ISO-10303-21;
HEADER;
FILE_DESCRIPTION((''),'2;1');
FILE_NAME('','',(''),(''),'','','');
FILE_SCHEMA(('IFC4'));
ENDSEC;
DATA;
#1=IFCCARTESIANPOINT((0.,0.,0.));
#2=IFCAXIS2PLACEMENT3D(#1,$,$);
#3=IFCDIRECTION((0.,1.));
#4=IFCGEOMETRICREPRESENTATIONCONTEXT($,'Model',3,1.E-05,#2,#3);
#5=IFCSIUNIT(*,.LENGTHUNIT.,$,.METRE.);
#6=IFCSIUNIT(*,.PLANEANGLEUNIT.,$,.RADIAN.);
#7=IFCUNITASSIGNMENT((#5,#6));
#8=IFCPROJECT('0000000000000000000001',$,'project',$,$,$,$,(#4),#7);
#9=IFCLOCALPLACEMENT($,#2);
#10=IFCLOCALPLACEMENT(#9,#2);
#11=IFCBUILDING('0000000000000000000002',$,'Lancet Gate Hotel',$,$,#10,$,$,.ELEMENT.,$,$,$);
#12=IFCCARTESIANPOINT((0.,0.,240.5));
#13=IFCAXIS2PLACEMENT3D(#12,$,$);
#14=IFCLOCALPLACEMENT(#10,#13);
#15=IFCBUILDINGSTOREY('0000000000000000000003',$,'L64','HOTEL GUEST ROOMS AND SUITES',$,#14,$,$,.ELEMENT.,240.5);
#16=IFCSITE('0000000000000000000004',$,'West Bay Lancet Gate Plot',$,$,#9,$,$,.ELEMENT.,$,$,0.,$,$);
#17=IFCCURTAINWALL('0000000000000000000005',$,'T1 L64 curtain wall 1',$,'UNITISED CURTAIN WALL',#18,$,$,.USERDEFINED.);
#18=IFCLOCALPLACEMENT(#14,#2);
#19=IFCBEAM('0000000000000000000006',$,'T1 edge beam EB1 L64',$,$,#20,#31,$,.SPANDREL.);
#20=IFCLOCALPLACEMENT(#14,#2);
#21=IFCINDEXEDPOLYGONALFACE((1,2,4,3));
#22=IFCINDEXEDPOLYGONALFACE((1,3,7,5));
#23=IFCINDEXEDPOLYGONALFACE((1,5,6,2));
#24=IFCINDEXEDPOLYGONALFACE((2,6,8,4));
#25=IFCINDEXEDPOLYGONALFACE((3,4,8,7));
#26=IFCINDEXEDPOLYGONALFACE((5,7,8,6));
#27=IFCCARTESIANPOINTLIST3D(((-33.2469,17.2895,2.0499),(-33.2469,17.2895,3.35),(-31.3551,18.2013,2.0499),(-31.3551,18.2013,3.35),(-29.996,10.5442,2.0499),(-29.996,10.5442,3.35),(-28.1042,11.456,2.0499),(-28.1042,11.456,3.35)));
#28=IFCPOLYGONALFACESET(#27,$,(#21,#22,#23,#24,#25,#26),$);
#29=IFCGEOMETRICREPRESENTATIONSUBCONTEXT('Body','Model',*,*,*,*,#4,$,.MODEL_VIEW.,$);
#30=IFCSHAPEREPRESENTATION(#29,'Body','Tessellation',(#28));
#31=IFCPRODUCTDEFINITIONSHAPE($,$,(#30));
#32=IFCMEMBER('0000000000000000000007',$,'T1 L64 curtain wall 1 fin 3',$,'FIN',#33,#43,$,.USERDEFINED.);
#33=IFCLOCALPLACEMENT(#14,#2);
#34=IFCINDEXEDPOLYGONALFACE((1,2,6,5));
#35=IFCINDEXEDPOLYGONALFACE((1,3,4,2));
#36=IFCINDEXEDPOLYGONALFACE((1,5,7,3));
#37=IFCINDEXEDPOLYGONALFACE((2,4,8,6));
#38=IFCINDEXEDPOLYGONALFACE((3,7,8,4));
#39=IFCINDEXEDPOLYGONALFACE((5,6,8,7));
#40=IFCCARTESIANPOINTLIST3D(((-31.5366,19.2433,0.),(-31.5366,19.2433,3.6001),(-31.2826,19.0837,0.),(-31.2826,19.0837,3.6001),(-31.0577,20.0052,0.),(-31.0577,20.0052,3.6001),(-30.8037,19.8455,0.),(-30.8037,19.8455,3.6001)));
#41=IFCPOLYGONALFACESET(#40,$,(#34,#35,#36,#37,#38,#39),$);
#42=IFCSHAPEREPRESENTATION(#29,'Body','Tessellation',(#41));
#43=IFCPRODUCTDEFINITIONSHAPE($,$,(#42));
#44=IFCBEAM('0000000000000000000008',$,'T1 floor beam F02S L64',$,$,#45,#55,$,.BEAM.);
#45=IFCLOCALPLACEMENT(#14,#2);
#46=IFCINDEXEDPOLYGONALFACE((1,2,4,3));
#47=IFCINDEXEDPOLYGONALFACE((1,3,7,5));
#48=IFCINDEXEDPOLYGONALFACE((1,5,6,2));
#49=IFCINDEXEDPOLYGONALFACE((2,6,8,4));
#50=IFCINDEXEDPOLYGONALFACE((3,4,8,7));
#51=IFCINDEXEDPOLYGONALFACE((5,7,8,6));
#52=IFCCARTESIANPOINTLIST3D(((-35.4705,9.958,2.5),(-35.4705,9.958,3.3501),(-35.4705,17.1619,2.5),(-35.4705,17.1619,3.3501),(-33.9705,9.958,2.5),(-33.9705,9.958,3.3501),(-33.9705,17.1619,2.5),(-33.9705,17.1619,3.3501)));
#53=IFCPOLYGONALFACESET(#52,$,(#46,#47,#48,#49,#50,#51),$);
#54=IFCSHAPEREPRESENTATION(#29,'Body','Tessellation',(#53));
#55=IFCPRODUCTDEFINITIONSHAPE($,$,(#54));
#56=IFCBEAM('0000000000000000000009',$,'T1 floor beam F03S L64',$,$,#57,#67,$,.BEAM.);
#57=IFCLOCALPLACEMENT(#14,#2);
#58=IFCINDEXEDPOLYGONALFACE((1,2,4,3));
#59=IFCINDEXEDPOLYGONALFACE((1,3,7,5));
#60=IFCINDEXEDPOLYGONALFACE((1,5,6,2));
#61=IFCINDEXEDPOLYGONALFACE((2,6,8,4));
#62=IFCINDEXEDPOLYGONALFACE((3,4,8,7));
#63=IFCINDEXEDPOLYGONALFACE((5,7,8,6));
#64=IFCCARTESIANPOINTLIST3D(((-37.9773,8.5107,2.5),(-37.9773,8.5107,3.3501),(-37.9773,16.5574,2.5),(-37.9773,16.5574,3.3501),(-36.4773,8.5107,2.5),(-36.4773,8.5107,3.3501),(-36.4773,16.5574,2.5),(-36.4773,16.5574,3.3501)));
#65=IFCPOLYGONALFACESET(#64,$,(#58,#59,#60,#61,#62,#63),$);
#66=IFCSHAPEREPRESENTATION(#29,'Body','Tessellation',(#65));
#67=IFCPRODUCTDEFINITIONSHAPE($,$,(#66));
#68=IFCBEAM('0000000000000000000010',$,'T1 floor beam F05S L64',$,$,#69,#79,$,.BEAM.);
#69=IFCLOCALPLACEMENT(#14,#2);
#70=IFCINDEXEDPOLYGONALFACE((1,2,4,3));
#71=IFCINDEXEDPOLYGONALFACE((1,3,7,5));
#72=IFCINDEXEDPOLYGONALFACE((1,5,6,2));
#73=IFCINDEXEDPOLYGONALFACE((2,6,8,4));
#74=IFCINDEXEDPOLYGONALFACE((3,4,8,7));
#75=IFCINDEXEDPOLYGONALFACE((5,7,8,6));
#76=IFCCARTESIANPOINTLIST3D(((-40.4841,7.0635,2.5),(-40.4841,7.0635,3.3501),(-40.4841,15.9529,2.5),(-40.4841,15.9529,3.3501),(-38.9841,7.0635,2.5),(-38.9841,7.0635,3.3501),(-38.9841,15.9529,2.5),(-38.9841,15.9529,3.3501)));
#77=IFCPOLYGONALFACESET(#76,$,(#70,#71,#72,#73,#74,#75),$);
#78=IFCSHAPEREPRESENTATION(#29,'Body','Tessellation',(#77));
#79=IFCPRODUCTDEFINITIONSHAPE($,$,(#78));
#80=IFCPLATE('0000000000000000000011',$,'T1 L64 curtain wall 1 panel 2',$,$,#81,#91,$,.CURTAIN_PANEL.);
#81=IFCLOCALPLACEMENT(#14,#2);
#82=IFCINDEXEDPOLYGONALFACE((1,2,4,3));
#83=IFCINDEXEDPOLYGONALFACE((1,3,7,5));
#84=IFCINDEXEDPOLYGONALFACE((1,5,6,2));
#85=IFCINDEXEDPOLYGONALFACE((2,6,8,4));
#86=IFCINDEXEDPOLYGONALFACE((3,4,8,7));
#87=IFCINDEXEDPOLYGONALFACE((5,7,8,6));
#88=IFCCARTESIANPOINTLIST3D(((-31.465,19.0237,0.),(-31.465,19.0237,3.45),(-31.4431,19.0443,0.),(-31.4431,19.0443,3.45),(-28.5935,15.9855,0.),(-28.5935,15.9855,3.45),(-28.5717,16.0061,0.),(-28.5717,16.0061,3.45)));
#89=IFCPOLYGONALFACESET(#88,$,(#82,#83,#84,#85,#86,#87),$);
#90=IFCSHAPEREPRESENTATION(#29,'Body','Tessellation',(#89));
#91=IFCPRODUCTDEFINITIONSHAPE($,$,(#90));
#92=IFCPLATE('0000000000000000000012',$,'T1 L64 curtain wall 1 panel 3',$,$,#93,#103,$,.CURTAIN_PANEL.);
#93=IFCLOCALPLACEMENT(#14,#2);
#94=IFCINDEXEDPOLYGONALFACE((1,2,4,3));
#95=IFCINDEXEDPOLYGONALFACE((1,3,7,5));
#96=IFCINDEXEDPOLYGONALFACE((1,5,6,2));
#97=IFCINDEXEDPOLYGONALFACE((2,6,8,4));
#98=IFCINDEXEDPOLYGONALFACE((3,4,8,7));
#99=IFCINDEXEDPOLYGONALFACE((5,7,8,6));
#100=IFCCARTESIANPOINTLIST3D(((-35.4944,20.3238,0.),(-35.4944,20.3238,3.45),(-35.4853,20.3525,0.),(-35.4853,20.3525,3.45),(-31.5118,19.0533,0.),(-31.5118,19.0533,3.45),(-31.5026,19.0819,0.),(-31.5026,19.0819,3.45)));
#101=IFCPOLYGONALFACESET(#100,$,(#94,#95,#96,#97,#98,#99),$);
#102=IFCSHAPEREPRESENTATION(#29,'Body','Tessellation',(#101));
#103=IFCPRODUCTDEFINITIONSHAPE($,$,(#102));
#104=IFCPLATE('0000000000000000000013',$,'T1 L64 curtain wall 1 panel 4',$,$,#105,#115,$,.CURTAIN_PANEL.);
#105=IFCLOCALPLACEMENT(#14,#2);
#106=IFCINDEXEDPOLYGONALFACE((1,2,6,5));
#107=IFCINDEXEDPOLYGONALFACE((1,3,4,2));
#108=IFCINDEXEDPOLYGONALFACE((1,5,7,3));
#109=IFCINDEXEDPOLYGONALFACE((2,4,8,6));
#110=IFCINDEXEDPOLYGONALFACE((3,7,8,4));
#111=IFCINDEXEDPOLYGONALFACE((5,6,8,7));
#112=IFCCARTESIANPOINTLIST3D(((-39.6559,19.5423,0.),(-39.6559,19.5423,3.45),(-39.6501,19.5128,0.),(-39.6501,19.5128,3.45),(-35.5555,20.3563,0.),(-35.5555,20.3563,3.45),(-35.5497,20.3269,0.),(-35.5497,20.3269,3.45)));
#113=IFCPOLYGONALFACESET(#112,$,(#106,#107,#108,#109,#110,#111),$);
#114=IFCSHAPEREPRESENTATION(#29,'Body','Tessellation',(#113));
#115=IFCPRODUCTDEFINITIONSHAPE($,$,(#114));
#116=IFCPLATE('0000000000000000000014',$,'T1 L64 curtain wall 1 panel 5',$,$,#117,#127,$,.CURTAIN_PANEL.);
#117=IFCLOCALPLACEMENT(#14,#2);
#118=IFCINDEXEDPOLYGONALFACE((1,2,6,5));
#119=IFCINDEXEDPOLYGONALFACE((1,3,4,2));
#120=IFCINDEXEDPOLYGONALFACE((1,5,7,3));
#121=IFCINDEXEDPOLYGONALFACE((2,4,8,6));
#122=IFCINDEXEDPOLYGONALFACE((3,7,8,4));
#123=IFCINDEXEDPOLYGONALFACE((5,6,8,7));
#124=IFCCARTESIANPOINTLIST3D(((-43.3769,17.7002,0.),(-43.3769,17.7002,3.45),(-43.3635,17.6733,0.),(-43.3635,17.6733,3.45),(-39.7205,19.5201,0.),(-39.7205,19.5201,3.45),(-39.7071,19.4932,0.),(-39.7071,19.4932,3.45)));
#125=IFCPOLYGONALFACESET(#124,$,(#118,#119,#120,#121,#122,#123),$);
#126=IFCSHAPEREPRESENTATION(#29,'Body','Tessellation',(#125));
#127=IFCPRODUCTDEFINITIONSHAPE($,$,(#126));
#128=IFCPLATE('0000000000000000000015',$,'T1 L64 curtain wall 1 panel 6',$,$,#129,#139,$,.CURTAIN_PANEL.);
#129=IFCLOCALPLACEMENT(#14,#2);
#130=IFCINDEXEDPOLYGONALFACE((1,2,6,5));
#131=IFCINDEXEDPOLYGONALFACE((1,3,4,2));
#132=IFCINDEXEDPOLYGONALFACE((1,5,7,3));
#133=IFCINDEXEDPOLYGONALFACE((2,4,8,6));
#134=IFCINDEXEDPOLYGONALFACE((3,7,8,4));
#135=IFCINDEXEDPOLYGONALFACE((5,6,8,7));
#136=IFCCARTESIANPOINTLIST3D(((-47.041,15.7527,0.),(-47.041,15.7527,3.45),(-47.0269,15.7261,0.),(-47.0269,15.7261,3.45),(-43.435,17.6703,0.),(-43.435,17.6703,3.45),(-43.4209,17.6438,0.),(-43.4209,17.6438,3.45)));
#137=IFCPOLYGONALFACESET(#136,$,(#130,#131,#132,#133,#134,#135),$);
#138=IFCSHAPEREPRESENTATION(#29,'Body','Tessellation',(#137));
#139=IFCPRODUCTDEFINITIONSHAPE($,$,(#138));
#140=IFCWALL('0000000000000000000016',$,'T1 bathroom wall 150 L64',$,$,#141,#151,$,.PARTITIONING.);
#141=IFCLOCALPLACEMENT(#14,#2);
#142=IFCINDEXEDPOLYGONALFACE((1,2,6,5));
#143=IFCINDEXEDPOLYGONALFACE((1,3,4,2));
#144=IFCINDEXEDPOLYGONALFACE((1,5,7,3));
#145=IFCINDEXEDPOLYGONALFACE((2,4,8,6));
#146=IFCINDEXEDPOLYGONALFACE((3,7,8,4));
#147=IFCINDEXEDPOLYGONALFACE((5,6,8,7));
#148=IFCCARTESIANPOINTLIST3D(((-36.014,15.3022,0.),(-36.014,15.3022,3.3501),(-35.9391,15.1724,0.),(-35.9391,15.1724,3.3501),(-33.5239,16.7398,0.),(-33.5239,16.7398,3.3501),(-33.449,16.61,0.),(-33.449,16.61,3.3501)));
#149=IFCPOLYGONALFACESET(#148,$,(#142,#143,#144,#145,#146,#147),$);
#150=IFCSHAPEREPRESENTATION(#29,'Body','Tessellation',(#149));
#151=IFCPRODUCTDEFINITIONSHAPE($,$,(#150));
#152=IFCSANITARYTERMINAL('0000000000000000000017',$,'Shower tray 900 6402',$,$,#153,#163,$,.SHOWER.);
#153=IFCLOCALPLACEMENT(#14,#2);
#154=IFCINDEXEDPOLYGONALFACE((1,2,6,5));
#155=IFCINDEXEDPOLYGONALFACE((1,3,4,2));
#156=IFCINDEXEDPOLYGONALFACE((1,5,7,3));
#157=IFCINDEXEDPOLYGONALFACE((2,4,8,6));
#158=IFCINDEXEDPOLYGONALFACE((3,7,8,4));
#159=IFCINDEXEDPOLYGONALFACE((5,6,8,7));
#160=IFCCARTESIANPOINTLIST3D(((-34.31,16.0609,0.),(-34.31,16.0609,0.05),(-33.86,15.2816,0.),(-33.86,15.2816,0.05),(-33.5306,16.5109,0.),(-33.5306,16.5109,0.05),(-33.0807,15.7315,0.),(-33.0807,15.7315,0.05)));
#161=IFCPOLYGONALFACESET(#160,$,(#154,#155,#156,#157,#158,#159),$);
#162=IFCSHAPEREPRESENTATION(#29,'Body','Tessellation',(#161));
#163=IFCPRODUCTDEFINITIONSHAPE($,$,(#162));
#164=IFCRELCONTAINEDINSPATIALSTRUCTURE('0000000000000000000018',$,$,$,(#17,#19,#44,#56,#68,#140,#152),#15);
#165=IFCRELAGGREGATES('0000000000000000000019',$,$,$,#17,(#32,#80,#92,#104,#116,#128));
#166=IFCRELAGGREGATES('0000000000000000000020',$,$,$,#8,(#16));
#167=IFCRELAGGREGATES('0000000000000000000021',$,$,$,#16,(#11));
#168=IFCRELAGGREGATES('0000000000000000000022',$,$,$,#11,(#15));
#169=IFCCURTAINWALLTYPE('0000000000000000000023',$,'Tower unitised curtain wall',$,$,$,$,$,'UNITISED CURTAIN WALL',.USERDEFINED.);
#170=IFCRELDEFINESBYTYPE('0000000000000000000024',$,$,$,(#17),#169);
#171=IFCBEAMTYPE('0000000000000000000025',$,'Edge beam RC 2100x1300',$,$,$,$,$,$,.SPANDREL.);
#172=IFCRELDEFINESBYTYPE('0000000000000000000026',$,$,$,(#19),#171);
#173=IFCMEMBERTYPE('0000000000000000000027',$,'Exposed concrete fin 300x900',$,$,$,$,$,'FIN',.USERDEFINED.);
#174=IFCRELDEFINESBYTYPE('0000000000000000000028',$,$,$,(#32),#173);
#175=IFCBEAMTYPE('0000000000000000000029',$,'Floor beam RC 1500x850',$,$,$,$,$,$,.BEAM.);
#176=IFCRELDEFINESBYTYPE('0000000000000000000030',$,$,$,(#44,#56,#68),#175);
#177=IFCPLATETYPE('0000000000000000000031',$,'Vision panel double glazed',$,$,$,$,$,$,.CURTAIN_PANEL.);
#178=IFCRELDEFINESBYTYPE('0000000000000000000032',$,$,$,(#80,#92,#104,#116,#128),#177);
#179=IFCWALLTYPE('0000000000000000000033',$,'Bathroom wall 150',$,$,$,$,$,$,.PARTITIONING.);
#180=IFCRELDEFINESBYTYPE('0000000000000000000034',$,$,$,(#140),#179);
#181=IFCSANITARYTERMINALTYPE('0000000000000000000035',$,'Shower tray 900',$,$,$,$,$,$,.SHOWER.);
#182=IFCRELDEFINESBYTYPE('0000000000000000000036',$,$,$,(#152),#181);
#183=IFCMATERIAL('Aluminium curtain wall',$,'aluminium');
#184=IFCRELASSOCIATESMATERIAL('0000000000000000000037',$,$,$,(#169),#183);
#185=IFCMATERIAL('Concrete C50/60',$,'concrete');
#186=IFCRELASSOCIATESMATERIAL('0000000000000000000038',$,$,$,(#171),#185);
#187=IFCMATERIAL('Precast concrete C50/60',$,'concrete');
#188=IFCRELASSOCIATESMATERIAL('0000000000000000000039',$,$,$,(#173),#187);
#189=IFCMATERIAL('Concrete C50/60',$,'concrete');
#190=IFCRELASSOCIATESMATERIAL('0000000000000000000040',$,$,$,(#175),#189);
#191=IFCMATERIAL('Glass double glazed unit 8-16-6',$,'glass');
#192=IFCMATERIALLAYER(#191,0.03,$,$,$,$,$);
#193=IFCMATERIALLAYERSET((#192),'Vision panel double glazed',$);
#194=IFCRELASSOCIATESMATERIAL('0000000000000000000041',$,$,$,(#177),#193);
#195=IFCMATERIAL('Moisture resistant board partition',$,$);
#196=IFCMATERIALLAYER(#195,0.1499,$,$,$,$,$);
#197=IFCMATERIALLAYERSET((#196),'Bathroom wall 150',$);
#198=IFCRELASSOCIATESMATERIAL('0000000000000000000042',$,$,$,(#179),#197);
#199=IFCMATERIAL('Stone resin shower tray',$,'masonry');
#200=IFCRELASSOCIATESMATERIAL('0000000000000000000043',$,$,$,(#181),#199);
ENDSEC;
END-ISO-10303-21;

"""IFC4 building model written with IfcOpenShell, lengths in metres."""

from ifc_helpers import new_model, si_unit, direction, frame, frame_2d, origin, origin_2d, place, context, subcontext, project, spatial, rectangle, extrude, material, layer, layer_set, material_profile, profile_set, type_object, element, aggregate, save


model = new_model("IFC4")

# Units and contexts
model_context = context("Model", 3, precision=1e-05, world=origin(), true_north=direction((0.0, 1.0)))
body_context = subcontext(model_context, "Body", "Model", "MODEL_VIEW")
ifc_project = project(units=[si_unit("LENGTHUNIT", "METRE"), si_unit("PLANEANGLEUNIT", "RADIAN")], contexts=[model_context])

# Site, building, storey
site_placement = place(None, origin())
site = spatial("IfcSite", under=ifc_project, at=site_placement, Name="West Bay Lancet Gate Plot", CompositionType="ELEMENT", RefElevation=0.0)
building_placement = place(site_placement, origin())
building = spatial("IfcBuilding", under=site, at=building_placement, Name="Lancet Gate Hotel", CompositionType="ELEMENT")
storey_placement = place(building_placement, frame((0.0, 0.0, 240.5)))
storey = spatial("IfcBuildingStorey", under=building, at=storey_placement, Name="L64", Description="HOTEL GUEST ROOMS AND SUITES", CompositionType="ELEMENT", Elevation=240.5)

# Curtain wall
ifc_material_1 = material(Name="Aluminium curtain wall", Category="aluminium")
curtain_wall_type = type_object("IfcCurtainWallType", Name="Tower unitised curtain wall", ElementType="UNITISED CURTAIN WALL", PredefinedType="USERDEFINED", material=ifc_material_1)
curtain_wall_placement = place(storey_placement, origin())
curtain_wall = element("IfcCurtainWall", 1, at=curtain_wall_placement, inside=storey, type_object=curtain_wall_type, Name="T1 L64 curtain wall 1", ObjectType="UNITISED CURTAIN WALL", PredefinedType="USERDEFINED")

# Beam
ifc_material_2 = material(Name="Concrete C50/60", Category="concrete")
ifc_material_profile_1 = material_profile(ifc_material_2, rectangle(XDim=2.1001, YDim=1.3, at=origin_2d()), Name="RC 2100x1300")
ifc_profile_set_1 = profile_set([ifc_material_profile_1], Name="Concrete C50/60")
beam_type_1 = type_object("IfcBeamType", Name="Edge beam RC 2100x1300", PredefinedType="SPANDREL", material=ifc_profile_set_1)
beam_1_placement = place(storey_placement, frame((-32.301, 17.7454, 2.7), z_axis=(0.434164, -0.900834, 0.0), x_axis=(0.900834, 0.434164, 0.0)))
element("IfcBeam", 2, at=beam_1_placement, inside=storey, type_object=beam_type_1, Name="T1 edge beam EB1 L64", PredefinedType="SPANDREL", context=body_context, shape_type="SweptSolid", body=[
    extrude(rectangle(XDim=2.1001, YDim=1.3, at=origin_2d()), origin(), (0.0, 0.0, 1.0), 7.4878),
])

# Member
ifc_material_3 = material(Name="Precast concrete C50/60", Category="concrete")
ifc_material_profile_2 = material_profile(ifc_material_3, rectangle(XDim=0.3, YDim=0.8999, at=origin_2d()), Name="FIN 300x900")
ifc_profile_set_2 = profile_set([ifc_material_profile_2], Name="Precast concrete C50/60")
member_type_1 = type_object("IfcMemberType", Name="Exposed concrete fin 300x900", ElementType="FIN", PredefinedType="USERDEFINED", material=ifc_profile_set_2)
member_1_placement = place(storey_placement, frame((-31.1702, 19.5444, 0.0), z_axis=(0.0, 0.0, 1.0), x_axis=(-0.846613, 0.532209, 0.0)))
member_1 = element("IfcMember", 3, at=member_1_placement, type_object=member_type_1, Name="T1 L64 curtain wall 1 fin 3", ObjectType="FIN", PredefinedType="USERDEFINED", context=body_context, shape_type="SweptSolid", body=[
    extrude(rectangle(XDim=0.3, YDim=0.8999, at=origin_2d()), origin(), (0.0, 0.0, 1.0), 3.6001),
])

# Beams
ifc_material_4 = material(Name="Concrete C50/60", Category="concrete")
ifc_material_profile_3 = material_profile(ifc_material_4, rectangle(XDim=1.5, YDim=0.8501, at=origin_2d()), Name="RC 1500x850")
ifc_profile_set_3 = profile_set([ifc_material_profile_3], Name="Concrete C50/60")
beam_type_2 = type_object("IfcBeamType", Name="Floor beam RC 1500x850", PredefinedType="BEAM", material=ifc_profile_set_3)
beam_2_placement = place(storey_placement, frame((-34.7205, 17.1619, 2.925), z_axis=(0.0, -1.0, 0.0), x_axis=(1.0, 0.0, 0.0)))
element("IfcBeam", 4, at=beam_2_placement, inside=storey, type_object=beam_type_2, Name="T1 floor beam F02S L64", PredefinedType="BEAM", context=body_context, shape_type="SweptSolid", body=[
    extrude(rectangle(XDim=1.5, YDim=0.8501, at=origin_2d()), origin(), (0.0, 0.0, 1.0), 7.2039),
])
beam_3_placement = place(storey_placement, frame((-37.2273, 16.5574, 2.925), z_axis=(0.0, -1.0, 0.0), x_axis=(1.0, 0.0, 0.0)))
element("IfcBeam", 5, at=beam_3_placement, inside=storey, type_object=beam_type_2, Name="T1 floor beam F03S L64", PredefinedType="BEAM", context=body_context, shape_type="SweptSolid", body=[
    extrude(rectangle(XDim=1.5, YDim=0.8501, at=origin_2d()), origin(), (0.0, 0.0, 1.0), 8.0466),
])
beam_4_placement = place(storey_placement, frame((-39.7341, 15.9529, 2.925), z_axis=(0.0, -1.0, 0.0), x_axis=(1.0, 0.0, 0.0)))
element("IfcBeam", 6, at=beam_4_placement, inside=storey, type_object=beam_type_2, Name="T1 floor beam F05S L64", PredefinedType="BEAM", context=body_context, shape_type="SweptSolid", body=[
    extrude(rectangle(XDim=1.5, YDim=0.8501, at=origin_2d()), origin(), (0.0, 0.0, 1.0), 8.8894),
])

# Plates
ifc_material_5 = material(Name="Glass double glazed unit 8-16-6", Category="glass")
ifc_layer_1 = layer(ifc_material_5, 0.03)
ifc_layer_set_1 = layer_set([ifc_layer_1], Name="Vision panel double glazed")
plate_type = type_object("IfcPlateType", Name="Vision panel double glazed", PredefinedType="CURTAIN_PANEL", material=ifc_layer_set_1)
plate_1_placement = place(storey_placement, frame((-30.0183, 17.5149, 0.0), z_axis=(0.0, 0.0, 1.0), x_axis=(-0.686883, 0.726768, 0.0)))
plate_1 = element("IfcPlate", 7, at=plate_1_placement, type_object=plate_type, Name="T1 L64 curtain wall 1 panel 2", PredefinedType="CURTAIN_PANEL", context=body_context, shape_type="SweptSolid", body=[
    extrude(rectangle(XDim=4.1804, YDim=0.03, at=origin_2d()), origin(), (0.0, 0.0, 1.0), 3.45),
])
plate_2_placement = place(storey_placement, frame((-33.4985, 19.7029, 0.0), z_axis=(0.0, 0.0, 1.0), x_axis=(-0.952696, 0.303926, 0.0)))
plate_2 = element("IfcPlate", 8, at=plate_2_placement, type_object=plate_type, Name="T1 L64 curtain wall 1 panel 3", PredefinedType="CURTAIN_PANEL", context=body_context, shape_type="SweptSolid", body=[
    extrude(rectangle(XDim=4.1804, YDim=0.03, at=origin_2d()), origin(), (0.0, 0.0, 1.0), 3.45),
])
plate_3_placement = place(storey_placement, frame((-37.6028, 19.9346, 0.0), z_axis=(0.0, 0.0, 1.0), x_axis=(-0.980857, -0.194731, 0.0)))
plate_3 = element("IfcPlate", 9, at=plate_3_placement, type_object=plate_type, Name="T1 L64 curtain wall 1 panel 4", PredefinedType="CURTAIN_PANEL", context=body_context, shape_type="SweptSolid", body=[
    extrude(rectangle(XDim=4.1804, YDim=0.03, at=origin_2d()), origin(), (0.0, 0.0, 1.0), 3.45),
])
plate_4_placement = place(storey_placement, frame((-41.542, 18.5967, 0.0), z_axis=(0.0, 0.0, 1.0), x_axis=(-0.895234, -0.445596, 0.0)))
plate_4 = element("IfcPlate", 10, at=plate_4_placement, type_object=plate_type, Name="T1 L64 curtain wall 1 panel 5", PredefinedType="CURTAIN_PANEL", context=body_context, shape_type="SweptSolid", body=[
    extrude(rectangle(XDim=4.0842, YDim=0.03, at=origin_2d()), origin(), (0.0, 0.0, 1.0), 3.45),
])
plate_5_placement = place(storey_placement, frame((-45.231, 16.6982, 0.0), z_axis=(0.0, 0.0, 1.0), x_axis=(-0.882916, -0.469531, 0.0)))
plate_5 = element("IfcPlate", 11, at=plate_5_placement, type_object=plate_type, Name="T1 L64 curtain wall 1 panel 6", PredefinedType="CURTAIN_PANEL", context=body_context, shape_type="SweptSolid", body=[
    extrude(rectangle(XDim=4.0842, YDim=0.03, at=origin_2d()), origin(), (0.0, 0.0, 1.0), 3.45),
])
aggregate(curtain_wall, [member_1, plate_1, plate_2, plate_3, plate_4, plate_5])

# Wall
ifc_material_6 = material(Name="Moisture resistant board partition")
ifc_layer_2 = layer(ifc_material_6, 0.1499)
ifc_layer_set_2 = layer_set([ifc_layer_2], Name="Bathroom wall 150")
wall_type = type_object("IfcWallType", Name="Bathroom wall 150", PredefinedType="PARTITIONING", material=ifc_layer_set_2)
wall_placement = place(storey_placement, frame((-33.4866, 16.6748, 0.0), z_axis=(0.0, 0.0, 1.0), x_axis=(-0.86604, -0.499975, 0.0)))
element("IfcWall", 12, at=wall_placement, inside=storey, type_object=wall_type, Name="T1 bathroom wall 150 L64", PredefinedType="PARTITIONING", context=body_context, shape_type="SweptSolid", body=[
    extrude(rectangle(XDim=2.8752, YDim=0.1499, at=frame_2d((1.4375, 0.0))), origin(), (0.0, 0.0, 1.0), 3.3501),
])

# Sanitary terminal
ifc_material_7 = material(Name="Stone resin shower tray", Category="masonry")
sanitary_terminal_type = type_object("IfcSanitaryTerminalType", Name="Shower tray 900", PredefinedType="SHOWER", material=ifc_material_7)
sanitary_terminal_placement = place(storey_placement, frame((-33.6953, 15.8962, 0.0), z_axis=(0.0, 0.0, 1.0), x_axis=(0.866025, 0.5, 0.0)))
element("IfcSanitaryTerminal", 13, at=sanitary_terminal_placement, inside=storey, type_object=sanitary_terminal_type, Name="Shower tray 900 6402", PredefinedType="SHOWER", context=body_context, shape_type="SweptSolid", body=[
    extrude(rectangle(XDim=0.8999, YDim=0.8999, at=origin_2d()), origin(), (0.0, 0.0, 1.0), 0.05),
])

save(model, "model.ifc")
